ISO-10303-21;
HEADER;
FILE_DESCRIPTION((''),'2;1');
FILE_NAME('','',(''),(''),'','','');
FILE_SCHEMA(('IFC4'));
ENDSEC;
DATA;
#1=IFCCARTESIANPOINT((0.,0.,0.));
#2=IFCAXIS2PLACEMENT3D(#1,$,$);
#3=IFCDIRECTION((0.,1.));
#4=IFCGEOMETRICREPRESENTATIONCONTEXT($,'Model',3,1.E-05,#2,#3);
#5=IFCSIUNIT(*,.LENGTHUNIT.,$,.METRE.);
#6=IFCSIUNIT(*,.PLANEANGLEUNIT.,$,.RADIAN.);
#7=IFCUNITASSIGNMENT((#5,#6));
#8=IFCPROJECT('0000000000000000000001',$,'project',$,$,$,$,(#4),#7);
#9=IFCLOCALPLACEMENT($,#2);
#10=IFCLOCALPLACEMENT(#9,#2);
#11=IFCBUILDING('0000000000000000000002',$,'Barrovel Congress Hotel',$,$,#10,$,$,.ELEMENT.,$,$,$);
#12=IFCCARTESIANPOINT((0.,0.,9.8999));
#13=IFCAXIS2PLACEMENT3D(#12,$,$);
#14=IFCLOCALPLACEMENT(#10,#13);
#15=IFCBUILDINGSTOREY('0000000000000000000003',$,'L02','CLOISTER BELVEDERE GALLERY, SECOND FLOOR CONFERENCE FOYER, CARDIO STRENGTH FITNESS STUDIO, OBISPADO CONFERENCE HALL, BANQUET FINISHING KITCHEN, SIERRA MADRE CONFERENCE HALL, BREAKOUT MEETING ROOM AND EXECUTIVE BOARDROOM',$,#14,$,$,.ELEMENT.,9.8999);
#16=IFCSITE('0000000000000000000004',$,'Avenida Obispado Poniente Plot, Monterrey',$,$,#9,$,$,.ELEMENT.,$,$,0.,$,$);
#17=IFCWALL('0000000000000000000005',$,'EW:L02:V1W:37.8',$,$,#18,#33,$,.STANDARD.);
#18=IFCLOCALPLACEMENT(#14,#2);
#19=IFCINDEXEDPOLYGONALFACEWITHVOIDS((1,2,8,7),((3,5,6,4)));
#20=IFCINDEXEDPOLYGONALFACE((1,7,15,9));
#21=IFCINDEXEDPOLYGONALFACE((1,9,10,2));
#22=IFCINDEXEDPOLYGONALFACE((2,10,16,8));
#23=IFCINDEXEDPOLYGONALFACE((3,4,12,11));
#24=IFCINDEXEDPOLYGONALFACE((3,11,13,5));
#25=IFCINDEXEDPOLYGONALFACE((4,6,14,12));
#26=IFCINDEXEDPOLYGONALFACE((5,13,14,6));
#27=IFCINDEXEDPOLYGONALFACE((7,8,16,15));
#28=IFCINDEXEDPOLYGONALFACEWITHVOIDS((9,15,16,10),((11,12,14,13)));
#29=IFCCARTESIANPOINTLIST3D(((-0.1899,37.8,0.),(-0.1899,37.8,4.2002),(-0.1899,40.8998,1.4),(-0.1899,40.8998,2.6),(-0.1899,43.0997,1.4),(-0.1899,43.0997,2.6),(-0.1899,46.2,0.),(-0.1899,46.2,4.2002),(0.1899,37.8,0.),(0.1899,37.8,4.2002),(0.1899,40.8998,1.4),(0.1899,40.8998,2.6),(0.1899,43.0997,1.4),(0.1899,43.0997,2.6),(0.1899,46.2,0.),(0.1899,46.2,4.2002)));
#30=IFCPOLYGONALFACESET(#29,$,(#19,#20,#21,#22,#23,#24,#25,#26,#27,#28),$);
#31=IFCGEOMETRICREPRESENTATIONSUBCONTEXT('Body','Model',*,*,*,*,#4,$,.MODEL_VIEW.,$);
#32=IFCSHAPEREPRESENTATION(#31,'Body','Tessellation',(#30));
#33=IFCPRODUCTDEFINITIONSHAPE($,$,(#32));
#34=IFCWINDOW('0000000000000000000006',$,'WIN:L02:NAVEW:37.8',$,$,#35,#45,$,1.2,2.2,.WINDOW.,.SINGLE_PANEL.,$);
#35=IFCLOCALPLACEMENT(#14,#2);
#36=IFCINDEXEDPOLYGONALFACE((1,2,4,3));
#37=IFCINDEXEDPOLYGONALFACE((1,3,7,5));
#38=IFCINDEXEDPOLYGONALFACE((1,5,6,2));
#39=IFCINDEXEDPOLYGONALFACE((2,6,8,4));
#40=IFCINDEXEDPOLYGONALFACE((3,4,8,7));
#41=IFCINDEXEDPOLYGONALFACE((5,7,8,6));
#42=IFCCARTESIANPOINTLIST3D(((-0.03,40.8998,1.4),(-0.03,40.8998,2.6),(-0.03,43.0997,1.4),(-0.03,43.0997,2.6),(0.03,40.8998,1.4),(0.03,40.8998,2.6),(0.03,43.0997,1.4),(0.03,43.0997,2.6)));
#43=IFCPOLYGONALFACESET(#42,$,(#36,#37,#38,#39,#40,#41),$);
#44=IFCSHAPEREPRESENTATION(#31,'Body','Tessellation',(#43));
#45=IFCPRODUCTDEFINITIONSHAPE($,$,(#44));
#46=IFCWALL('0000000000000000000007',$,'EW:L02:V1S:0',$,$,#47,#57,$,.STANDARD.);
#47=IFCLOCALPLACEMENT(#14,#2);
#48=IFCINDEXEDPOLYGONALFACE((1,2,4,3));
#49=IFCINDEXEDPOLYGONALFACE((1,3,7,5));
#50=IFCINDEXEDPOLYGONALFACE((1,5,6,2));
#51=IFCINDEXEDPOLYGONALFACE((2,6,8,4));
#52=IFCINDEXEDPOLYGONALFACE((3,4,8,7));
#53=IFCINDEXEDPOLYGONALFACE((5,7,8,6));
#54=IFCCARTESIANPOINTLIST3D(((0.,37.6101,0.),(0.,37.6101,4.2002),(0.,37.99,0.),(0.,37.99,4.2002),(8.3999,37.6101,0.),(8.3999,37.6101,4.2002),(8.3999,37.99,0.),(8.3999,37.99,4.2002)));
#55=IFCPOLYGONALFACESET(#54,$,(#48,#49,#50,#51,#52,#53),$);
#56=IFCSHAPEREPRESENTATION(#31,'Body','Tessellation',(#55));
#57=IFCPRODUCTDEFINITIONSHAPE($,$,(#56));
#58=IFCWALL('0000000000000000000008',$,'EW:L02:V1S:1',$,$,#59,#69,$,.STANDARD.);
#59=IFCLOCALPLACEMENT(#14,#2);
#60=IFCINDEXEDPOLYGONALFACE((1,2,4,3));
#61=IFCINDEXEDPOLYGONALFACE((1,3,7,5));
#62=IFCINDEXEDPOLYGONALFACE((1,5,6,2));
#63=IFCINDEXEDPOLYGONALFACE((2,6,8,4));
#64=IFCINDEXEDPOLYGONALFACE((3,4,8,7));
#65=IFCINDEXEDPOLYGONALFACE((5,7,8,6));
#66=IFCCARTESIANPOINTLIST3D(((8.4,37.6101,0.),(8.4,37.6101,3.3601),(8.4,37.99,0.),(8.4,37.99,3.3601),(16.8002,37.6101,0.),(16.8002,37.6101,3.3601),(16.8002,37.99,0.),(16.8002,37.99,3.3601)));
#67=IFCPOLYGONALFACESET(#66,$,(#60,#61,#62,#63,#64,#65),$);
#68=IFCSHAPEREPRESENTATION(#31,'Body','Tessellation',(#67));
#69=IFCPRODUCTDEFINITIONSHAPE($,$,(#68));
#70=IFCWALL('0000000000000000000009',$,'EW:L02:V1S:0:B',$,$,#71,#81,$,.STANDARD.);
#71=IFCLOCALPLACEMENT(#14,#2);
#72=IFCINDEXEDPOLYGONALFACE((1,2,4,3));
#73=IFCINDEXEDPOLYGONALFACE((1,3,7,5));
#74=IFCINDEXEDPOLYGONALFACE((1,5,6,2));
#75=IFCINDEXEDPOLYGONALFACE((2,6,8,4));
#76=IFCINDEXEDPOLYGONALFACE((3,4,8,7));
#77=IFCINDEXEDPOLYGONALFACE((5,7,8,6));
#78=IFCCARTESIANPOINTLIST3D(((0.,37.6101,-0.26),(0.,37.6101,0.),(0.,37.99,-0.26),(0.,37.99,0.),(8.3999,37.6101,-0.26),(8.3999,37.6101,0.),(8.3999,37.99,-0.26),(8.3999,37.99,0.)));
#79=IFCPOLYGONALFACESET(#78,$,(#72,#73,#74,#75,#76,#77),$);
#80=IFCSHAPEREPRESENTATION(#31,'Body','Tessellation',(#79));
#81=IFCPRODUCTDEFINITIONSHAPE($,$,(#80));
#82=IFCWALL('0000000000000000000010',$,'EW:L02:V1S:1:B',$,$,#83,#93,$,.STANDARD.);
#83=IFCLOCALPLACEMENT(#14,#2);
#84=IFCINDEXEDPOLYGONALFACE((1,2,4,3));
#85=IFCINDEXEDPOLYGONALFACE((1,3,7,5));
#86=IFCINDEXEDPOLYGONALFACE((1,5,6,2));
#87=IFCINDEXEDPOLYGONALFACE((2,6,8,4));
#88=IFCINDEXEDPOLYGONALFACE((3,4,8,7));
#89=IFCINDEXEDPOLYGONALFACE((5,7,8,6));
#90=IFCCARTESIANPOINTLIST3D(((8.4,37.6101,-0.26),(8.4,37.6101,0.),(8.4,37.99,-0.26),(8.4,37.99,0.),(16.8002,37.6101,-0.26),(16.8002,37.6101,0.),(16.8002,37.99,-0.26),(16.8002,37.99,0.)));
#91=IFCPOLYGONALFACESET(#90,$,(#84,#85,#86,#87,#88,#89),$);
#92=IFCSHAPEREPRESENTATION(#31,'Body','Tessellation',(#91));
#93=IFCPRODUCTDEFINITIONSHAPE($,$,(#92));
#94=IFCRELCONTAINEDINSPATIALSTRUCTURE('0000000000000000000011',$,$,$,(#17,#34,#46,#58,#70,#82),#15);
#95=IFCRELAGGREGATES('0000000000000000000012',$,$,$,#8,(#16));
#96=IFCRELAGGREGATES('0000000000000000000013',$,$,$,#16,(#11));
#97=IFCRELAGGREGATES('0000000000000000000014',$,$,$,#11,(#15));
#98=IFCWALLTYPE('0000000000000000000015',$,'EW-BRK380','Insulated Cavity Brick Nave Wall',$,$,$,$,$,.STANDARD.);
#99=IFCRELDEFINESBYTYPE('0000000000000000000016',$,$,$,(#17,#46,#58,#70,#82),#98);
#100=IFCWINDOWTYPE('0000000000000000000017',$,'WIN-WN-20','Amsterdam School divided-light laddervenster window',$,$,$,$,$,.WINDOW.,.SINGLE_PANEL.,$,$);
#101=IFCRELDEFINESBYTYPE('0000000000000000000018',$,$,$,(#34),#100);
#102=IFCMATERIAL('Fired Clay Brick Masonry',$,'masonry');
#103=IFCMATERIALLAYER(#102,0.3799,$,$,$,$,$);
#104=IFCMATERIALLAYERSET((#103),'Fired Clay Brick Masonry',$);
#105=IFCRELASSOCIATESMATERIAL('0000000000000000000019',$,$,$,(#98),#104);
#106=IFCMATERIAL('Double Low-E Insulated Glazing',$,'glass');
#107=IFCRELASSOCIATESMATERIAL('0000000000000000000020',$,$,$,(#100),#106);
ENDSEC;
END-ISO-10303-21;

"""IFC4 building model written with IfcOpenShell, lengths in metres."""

from ifc_helpers import new_model, si_unit, direction, frame, frame_2d, origin, place, context, subcontext, project, spatial, rectangle, extrude, material, layer, layer_set, type_object, element, fill, save


model = new_model("IFC4")

# Units and contexts
model_context = context("Model", 3, precision=1e-05, world=origin(), true_north=direction((0.0, 1.0)))
body_context = subcontext(model_context, "Body", "Model", "MODEL_VIEW")
ifc_project = project(units=[si_unit("LENGTHUNIT", "METRE"), si_unit("PLANEANGLEUNIT", "RADIAN")], contexts=[model_context])

# Site, building, storey
site_placement = place(None, origin())
site = spatial("IfcSite", under=ifc_project, at=site_placement, Name="Avenida Obispado Poniente Plot, Monterrey", CompositionType="ELEMENT", RefElevation=0.0)
building_placement = place(site_placement, origin())
building = spatial("IfcBuilding", under=site, at=building_placement, Name="Barrovel Congress Hotel", CompositionType="ELEMENT")
storey_placement = place(building_placement, frame((0.0, 0.0, 9.8999)))
storey = spatial("IfcBuildingStorey", under=building, at=storey_placement, Name="L02", Description="CLOISTER BELVEDERE GALLERY, SECOND FLOOR CONFERENCE FOYER, CARDIO STRENGTH FITNESS STUDIO, OBISPADO CONFERENCE HALL, BANQUET FINISHING KITCHEN, SIERRA MADRE CONFERENCE HALL, BREAKOUT MEETING ROOM AND EXECUTIVE BOARDROOM", CompositionType="ELEMENT", Elevation=9.8999)

# Wall, opening, window
ifc_material_1 = material(Name="Fired Clay Brick Masonry", Category="masonry")
ifc_material_2 = material(Name="Double Low-E Insulated Glazing", Category="glass")
ifc_layer_1 = layer(ifc_material_1, 0.3799)
ifc_layer_set_1 = layer_set([ifc_layer_1], Name="Fired Clay Brick Masonry")
wall_type_1 = type_object("IfcWallType", Name="EW-BRK380", Description="Insulated Cavity Brick Nave Wall", PredefinedType="STANDARD", material=ifc_layer_set_1)
wall_1_placement = place(storey_placement, frame((0.0, 46.2, 0.0), z_axis=(0.0, 0.0, 1.0), x_axis=(0.0, -1.0, 0.0)))
wall_1 = element("IfcWall", 1, at=wall_1_placement, inside=storey, type_object=wall_type_1, Name="EW:L02:V1W:37.8", PredefinedType="STANDARD", context=body_context, shape_type="SweptSolid", body=[
    extrude(rectangle(XDim=8.3999, YDim=0.3799, at=frame_2d((4.2, 0.0))), origin(), (0.0, 0.0, 1.0), 4.2002),
])
opening_1_placement = place(wall_1_placement, frame((3.1001, 0.0, 1.3999)))
opening_1 = element("IfcOpeningElement", 2, at=opening_1_placement, cuts=wall_1, PredefinedType="OPENING", context=body_context, shape_type="SweptSolid", body=[
    extrude(rectangle(XDim=2.2, YDim=1.2, at=frame_2d((1.1001, 0.6001))), frame((0.0, 0.2, 0.0), z_axis=(0.0, -1.0, 0.0), x_axis=(1.0, 0.0, 0.0)), (0.0, 0.0, 1.0), 0.3999),
])
window_type_1 = type_object("IfcWindowType", Name="WIN-WN-20", Description="Amsterdam School divided-light laddervenster window", PartitioningType="SINGLE_PANEL", PredefinedType="WINDOW", material=ifc_material_2)
window_1_placement = place(opening_1_placement, origin())
window_1 = element("IfcWindow", 3, at=window_1_placement, inside=storey, type_object=window_type_1, Name="WIN:L02:NAVEW:37.8", OverallHeight=1.2, OverallWidth=2.2, PartitioningType="SINGLE_PANEL", PredefinedType="WINDOW", context=body_context, shape_type="SweptSolid", body=[
    extrude(rectangle(XDim=2.2, YDim=1.2, at=frame_2d((1.1001, 0.6001))), frame((0.0, 0.03, 0.0), z_axis=(0.0, -1.0, 0.0), x_axis=(1.0, 0.0, 0.0)), (0.0, 0.0, 1.0), 0.0601),
])
fill(opening_1, window_1)

# Walls
wall_2_placement = place(storey_placement, frame((0.0, 37.8, 0.0), z_axis=(0.0, 0.0, 1.0), x_axis=(1.0, 0.0, 0.0)))
element("IfcWall", 4, at=wall_2_placement, inside=storey, type_object=wall_type_1, Name="EW:L02:V1S:0", PredefinedType="STANDARD", context=body_context, shape_type="SweptSolid", body=[
    extrude(rectangle(XDim=8.3999, YDim=0.3799, at=frame_2d((4.2, 0.0))), origin(), (0.0, 0.0, 1.0), 4.2002),
])
wall_3_placement = place(storey_placement, frame((8.3999, 37.8, 0.0), z_axis=(0.0, 0.0, 1.0), x_axis=(1.0, 0.0, 0.0)))
element("IfcWall", 5, at=wall_3_placement, inside=storey, type_object=wall_type_1, Name="EW:L02:V1S:1", PredefinedType="STANDARD", context=body_context, shape_type="SweptSolid", body=[
    extrude(rectangle(XDim=8.4001, YDim=0.3799, at=frame_2d((4.2002, 0.0))), origin(), (0.0, 0.0, 1.0), 3.3601),
])
wall_4_placement = place(storey_placement, frame((0.0, 37.8, -0.26), z_axis=(0.0, 0.0, 1.0), x_axis=(1.0, 0.0, 0.0)))
element("IfcWall", 6, at=wall_4_placement, inside=storey, type_object=wall_type_1, Name="EW:L02:V1S:0:B", PredefinedType="STANDARD", context=body_context, shape_type="SweptSolid", body=[
    extrude(rectangle(XDim=8.3999, YDim=0.3799, at=frame_2d((4.2, 0.0))), origin(), (0.0, 0.0, 1.0), 0.26),
])
wall_5_placement = place(storey_placement, frame((8.3999, 37.8, -0.26), z_axis=(0.0, 0.0, 1.0), x_axis=(1.0, 0.0, 0.0)))
element("IfcWall", 7, at=wall_5_placement, inside=storey, type_object=wall_type_1, Name="EW:L02:V1S:1:B", PredefinedType="STANDARD", context=body_context, shape_type="SweptSolid", body=[
    extrude(rectangle(XDim=8.4001, YDim=0.3799, at=frame_2d((4.2002, 0.0))), origin(), (0.0, 0.0, 1.0), 0.26),
])

save(model, "model.ifc")
